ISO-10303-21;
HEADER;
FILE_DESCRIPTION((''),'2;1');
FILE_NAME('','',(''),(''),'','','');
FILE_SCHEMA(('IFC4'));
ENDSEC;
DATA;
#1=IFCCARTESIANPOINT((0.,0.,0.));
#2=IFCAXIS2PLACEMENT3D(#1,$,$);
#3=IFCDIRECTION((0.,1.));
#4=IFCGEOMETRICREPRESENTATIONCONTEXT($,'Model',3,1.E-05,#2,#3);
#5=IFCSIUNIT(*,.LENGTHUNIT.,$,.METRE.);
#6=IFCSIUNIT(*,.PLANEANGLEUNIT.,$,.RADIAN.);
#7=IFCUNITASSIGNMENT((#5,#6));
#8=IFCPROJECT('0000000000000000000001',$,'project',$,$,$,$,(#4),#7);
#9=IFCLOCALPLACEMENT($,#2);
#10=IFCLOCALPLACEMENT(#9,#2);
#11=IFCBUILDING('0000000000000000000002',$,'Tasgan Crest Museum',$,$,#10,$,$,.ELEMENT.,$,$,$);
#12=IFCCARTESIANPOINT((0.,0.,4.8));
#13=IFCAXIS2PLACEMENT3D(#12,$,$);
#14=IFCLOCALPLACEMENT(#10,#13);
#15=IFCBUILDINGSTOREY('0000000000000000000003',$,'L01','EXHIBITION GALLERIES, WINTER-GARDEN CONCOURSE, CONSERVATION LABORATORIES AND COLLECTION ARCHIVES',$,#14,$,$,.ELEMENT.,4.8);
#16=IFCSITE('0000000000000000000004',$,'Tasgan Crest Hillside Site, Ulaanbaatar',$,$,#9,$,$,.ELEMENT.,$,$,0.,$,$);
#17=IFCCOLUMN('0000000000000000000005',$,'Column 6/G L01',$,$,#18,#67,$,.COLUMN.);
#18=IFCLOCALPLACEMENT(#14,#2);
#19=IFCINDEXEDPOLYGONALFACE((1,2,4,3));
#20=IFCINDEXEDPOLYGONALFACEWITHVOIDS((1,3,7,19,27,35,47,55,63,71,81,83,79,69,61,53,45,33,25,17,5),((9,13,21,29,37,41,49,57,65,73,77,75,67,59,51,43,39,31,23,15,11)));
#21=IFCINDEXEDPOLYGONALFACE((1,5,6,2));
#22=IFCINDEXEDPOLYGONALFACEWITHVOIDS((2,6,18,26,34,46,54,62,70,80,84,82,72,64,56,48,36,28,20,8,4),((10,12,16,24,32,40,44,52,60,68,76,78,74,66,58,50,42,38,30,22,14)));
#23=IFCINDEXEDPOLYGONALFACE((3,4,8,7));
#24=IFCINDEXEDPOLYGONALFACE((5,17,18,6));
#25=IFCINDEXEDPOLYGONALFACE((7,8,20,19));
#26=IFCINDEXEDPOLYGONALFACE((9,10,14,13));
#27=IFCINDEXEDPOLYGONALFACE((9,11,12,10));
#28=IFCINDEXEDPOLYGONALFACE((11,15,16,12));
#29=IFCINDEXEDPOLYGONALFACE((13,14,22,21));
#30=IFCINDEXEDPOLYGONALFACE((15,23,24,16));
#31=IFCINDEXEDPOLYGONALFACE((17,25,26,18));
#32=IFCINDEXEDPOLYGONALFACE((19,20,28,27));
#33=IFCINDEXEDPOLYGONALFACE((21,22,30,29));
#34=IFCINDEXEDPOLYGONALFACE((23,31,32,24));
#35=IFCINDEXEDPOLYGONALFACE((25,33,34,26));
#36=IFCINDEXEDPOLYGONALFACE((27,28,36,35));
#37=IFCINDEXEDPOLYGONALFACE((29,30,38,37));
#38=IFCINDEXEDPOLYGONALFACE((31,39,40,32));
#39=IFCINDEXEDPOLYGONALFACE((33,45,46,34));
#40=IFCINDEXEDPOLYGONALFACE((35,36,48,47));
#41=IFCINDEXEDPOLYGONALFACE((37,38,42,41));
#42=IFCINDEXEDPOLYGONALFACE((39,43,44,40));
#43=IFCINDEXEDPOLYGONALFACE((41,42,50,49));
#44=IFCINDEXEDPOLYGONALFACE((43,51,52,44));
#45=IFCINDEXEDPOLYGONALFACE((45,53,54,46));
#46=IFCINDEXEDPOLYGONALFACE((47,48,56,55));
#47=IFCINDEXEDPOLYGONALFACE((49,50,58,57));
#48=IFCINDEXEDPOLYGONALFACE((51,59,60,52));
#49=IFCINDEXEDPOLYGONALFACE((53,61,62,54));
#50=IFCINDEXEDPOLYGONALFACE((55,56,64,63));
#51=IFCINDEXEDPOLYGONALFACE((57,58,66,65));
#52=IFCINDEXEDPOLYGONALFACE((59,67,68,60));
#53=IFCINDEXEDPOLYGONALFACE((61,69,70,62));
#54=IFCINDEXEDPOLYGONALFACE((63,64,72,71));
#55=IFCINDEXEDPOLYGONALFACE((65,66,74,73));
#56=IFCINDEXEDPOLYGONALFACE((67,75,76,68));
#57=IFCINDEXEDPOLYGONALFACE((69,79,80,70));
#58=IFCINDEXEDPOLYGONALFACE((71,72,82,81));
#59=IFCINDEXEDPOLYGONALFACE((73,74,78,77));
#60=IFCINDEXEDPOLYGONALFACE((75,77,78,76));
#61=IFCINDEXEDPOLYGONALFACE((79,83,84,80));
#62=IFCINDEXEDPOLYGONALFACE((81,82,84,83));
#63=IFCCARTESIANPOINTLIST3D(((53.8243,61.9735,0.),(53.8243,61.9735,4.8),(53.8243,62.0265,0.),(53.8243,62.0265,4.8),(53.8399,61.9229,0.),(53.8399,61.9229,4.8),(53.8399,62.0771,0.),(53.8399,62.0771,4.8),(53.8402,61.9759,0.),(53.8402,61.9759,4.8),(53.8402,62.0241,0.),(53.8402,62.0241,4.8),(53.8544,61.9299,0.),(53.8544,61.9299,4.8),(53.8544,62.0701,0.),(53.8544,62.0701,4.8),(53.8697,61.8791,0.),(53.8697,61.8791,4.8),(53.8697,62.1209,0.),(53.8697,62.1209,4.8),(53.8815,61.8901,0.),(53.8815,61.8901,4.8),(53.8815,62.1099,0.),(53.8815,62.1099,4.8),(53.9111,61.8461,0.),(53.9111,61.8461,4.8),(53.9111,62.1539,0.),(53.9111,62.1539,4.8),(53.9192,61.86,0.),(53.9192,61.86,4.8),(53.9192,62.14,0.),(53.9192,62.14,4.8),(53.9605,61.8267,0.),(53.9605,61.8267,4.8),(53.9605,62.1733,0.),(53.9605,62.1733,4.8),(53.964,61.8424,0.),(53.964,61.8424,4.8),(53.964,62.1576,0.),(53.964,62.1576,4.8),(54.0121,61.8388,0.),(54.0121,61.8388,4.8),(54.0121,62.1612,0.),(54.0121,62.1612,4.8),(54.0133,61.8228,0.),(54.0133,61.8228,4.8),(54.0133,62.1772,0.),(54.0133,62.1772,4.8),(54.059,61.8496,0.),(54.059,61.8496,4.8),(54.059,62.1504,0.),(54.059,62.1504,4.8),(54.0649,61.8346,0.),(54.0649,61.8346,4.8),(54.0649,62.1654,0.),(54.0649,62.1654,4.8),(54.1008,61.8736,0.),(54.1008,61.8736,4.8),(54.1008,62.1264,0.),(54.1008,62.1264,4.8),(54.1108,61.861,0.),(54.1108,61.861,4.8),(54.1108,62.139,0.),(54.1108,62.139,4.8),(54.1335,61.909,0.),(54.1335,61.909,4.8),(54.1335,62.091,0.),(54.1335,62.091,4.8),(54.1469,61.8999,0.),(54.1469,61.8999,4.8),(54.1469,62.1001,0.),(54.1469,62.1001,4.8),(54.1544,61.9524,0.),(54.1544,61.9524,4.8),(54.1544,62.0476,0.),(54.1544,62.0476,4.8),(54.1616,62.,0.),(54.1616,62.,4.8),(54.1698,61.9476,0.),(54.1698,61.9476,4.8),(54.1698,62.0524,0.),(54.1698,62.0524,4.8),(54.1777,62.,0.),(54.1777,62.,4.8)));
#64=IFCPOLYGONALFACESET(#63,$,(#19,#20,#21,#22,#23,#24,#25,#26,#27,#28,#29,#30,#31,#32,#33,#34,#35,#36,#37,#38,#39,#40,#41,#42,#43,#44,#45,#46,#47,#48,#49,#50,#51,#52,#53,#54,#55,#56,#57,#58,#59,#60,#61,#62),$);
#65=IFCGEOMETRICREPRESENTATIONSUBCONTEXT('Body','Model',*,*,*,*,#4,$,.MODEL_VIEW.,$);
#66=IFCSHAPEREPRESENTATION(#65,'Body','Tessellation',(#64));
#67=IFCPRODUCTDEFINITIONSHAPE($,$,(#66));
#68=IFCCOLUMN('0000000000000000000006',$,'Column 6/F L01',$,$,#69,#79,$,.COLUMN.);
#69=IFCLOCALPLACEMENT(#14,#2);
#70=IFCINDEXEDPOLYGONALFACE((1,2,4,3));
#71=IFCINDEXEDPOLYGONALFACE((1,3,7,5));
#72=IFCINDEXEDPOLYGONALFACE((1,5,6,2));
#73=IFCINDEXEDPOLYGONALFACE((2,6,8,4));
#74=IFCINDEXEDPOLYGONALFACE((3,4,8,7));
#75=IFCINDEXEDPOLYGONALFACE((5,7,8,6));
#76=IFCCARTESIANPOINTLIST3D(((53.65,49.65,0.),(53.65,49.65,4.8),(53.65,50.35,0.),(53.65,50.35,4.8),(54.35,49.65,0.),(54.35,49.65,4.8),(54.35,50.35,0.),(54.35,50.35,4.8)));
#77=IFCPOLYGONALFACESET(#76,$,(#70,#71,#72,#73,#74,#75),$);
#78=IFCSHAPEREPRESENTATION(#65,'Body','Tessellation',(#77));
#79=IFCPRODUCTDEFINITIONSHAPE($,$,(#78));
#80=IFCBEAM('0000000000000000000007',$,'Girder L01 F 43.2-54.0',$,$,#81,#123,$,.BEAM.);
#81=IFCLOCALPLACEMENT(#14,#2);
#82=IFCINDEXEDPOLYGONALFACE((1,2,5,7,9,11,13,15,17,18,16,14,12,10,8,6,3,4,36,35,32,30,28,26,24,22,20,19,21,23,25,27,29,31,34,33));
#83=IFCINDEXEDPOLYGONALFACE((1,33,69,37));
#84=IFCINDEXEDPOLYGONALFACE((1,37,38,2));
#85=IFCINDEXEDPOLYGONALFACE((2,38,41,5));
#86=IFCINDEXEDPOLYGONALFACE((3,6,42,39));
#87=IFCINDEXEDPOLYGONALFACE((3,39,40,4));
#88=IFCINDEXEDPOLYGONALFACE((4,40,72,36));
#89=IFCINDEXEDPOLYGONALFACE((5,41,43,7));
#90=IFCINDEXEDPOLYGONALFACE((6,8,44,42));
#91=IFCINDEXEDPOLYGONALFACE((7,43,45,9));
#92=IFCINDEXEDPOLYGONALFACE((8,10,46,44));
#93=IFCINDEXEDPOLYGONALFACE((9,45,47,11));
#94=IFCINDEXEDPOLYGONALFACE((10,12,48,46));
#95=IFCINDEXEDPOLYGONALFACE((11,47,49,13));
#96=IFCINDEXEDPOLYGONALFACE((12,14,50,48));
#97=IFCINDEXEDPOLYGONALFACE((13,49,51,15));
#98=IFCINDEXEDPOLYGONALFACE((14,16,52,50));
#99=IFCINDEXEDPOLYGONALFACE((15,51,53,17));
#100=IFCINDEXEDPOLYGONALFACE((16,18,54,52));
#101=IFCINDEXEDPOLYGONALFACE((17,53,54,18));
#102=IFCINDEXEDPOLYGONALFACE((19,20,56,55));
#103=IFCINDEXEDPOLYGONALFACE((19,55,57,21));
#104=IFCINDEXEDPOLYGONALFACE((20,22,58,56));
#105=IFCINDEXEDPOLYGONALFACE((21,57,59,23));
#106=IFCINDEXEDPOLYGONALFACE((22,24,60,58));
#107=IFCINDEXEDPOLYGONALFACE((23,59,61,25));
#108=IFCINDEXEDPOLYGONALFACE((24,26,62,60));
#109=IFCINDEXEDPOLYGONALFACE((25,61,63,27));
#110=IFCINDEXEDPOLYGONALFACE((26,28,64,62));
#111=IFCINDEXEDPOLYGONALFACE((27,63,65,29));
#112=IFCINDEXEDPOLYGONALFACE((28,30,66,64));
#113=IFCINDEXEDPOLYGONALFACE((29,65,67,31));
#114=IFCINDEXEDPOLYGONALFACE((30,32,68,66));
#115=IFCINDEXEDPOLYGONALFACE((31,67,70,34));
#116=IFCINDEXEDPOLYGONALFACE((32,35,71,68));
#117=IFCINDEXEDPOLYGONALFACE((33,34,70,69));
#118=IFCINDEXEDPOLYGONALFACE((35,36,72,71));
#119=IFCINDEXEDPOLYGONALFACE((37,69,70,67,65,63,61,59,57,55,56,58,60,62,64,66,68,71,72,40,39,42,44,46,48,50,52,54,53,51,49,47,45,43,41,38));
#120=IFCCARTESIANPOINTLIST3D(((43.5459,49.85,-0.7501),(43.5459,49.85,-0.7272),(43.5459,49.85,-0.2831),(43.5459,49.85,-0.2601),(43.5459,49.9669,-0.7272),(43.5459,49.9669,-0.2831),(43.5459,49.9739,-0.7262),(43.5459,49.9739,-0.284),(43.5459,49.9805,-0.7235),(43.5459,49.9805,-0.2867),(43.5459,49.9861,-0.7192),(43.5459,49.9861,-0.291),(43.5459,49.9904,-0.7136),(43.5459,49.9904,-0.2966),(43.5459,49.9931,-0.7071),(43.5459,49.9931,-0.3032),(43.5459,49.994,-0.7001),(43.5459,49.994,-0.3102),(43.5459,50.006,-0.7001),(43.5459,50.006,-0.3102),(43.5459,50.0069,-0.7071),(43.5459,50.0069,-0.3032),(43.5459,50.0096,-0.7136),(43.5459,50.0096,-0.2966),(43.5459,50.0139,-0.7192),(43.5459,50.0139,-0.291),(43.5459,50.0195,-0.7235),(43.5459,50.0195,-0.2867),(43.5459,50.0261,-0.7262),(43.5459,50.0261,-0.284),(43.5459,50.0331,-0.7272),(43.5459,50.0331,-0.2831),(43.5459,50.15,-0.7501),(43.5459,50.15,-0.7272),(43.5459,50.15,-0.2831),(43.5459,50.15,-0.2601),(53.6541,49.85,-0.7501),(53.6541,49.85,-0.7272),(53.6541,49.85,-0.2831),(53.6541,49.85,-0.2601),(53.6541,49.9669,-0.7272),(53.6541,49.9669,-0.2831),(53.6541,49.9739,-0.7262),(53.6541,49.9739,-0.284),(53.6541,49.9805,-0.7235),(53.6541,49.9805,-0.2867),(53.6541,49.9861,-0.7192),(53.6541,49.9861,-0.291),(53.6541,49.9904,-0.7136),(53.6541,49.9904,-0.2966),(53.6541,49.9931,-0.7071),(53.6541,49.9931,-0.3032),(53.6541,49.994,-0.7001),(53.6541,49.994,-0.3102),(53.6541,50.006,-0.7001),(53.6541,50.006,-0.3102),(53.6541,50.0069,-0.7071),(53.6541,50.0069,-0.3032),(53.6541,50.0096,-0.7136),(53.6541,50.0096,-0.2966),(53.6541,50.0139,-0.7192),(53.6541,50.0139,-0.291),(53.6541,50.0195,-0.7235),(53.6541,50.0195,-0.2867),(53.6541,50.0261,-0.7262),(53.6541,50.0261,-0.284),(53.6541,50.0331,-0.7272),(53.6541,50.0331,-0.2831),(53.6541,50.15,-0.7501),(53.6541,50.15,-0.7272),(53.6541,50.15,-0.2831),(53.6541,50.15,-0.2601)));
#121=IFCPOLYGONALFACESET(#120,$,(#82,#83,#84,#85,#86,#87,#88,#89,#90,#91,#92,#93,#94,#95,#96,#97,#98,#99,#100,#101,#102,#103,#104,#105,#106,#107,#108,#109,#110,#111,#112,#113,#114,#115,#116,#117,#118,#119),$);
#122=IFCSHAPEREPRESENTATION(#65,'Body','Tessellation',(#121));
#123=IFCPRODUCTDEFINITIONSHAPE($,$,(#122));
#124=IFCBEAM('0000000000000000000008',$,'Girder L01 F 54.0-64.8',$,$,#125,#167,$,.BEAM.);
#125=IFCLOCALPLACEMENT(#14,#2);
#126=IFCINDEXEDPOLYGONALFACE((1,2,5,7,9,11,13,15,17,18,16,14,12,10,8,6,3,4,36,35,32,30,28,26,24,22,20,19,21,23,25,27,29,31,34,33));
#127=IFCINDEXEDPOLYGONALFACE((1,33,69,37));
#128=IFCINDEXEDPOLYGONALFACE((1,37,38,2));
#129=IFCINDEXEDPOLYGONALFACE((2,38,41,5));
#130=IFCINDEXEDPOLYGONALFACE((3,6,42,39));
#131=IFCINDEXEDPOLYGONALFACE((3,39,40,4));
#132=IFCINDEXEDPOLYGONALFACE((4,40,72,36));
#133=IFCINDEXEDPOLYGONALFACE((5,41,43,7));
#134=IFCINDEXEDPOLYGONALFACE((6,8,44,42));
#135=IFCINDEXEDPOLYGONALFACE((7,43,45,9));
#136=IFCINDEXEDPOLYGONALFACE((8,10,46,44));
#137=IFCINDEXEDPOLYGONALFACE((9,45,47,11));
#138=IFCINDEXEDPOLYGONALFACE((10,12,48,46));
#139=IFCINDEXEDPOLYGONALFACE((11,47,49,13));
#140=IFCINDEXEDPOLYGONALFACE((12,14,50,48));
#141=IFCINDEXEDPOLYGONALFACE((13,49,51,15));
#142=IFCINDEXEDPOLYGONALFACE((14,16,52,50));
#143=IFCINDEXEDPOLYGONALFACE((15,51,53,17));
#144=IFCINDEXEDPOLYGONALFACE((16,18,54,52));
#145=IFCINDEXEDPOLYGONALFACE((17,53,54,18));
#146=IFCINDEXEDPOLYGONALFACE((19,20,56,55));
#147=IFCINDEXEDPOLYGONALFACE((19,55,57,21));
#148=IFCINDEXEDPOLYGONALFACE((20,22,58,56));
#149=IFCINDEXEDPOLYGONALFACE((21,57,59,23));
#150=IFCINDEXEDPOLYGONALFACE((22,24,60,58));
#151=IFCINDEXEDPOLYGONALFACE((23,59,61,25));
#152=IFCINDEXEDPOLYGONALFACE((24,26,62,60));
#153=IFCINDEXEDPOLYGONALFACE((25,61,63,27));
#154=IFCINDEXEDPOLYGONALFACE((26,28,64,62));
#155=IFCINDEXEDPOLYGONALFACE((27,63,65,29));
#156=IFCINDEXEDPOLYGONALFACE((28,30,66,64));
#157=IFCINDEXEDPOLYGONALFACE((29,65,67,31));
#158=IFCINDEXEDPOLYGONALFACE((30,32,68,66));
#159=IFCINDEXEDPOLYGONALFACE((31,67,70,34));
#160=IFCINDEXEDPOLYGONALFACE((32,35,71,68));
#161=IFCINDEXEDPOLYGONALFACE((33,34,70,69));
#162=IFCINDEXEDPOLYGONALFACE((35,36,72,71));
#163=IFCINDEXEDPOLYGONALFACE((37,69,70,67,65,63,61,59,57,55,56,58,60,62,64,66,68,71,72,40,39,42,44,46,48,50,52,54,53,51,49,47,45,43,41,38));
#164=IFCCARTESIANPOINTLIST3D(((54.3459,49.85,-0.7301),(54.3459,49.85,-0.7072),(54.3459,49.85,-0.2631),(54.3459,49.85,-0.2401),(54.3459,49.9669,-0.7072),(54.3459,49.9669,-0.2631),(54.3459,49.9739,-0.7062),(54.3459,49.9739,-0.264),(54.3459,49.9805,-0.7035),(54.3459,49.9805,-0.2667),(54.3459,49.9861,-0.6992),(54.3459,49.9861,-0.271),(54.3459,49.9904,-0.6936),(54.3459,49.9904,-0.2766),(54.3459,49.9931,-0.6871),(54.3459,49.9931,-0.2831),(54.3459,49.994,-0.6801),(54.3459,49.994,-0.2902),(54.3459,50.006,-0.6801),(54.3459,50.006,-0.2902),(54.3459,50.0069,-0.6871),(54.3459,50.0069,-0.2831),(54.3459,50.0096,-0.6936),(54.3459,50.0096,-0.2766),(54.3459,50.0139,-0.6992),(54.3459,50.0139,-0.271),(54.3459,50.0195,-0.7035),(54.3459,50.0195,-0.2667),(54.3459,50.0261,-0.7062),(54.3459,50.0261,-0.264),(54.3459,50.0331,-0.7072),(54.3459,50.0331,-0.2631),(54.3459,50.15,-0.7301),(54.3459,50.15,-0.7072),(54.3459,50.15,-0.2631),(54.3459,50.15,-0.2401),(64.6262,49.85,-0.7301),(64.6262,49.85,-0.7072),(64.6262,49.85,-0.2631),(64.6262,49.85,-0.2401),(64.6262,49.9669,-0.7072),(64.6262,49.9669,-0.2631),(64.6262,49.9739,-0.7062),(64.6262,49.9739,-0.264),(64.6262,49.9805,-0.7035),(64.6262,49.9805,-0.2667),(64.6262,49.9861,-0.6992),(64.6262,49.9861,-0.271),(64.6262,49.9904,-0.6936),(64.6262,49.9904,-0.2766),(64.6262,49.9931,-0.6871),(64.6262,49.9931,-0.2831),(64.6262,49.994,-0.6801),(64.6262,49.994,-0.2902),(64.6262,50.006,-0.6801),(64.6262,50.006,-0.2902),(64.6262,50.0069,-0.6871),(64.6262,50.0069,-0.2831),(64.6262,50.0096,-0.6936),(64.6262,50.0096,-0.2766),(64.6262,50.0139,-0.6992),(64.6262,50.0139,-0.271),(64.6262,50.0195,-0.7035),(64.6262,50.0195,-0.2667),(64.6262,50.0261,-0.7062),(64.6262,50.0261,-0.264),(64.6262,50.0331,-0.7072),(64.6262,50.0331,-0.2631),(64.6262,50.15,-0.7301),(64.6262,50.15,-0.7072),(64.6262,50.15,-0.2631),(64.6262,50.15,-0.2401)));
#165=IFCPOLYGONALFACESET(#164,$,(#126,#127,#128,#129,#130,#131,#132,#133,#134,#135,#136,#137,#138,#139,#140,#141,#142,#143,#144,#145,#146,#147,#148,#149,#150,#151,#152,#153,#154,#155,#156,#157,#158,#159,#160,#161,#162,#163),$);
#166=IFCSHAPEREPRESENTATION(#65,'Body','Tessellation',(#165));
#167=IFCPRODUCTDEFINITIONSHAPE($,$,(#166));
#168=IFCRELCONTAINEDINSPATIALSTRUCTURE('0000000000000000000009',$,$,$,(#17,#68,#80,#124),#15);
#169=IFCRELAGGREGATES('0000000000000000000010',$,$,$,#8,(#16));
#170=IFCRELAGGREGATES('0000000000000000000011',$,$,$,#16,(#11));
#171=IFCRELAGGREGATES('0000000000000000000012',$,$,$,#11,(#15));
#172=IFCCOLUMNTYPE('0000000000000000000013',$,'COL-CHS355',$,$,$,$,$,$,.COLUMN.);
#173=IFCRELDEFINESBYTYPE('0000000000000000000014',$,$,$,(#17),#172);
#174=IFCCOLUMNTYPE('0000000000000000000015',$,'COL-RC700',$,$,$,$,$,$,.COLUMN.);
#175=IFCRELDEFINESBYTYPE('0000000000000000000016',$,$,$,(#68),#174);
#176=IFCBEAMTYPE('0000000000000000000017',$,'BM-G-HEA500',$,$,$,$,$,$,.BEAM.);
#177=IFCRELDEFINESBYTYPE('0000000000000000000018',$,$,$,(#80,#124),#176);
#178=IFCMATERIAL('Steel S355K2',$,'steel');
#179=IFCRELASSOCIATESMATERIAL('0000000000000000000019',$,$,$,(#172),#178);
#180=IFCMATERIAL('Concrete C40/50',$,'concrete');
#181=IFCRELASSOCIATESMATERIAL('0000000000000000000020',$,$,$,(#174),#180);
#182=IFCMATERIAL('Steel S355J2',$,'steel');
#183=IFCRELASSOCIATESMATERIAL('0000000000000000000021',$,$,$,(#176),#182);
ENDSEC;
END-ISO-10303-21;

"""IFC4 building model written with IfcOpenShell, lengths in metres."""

from ifc_helpers import new_model, si_unit, direction, frame, origin, origin_2d, place, context, subcontext, project, spatial, rectangle, hollow_circle, i_section, extrude, material, material_profile, profile_set, type_object, element, save


model = new_model("IFC4")

# Units and contexts
model_context = context("Model", 3, precision=1e-05, world=origin(), true_north=direction((0.0, 1.0)))
body_context = subcontext(model_context, "Body", "Model", "MODEL_VIEW")
ifc_project = project(units=[si_unit("LENGTHUNIT", "METRE"), si_unit("PLANEANGLEUNIT", "RADIAN")], contexts=[model_context])

# Site, building, storey
site_placement = place(None, origin())
site = spatial("IfcSite", under=ifc_project, at=site_placement, Name="Tasgan Crest Hillside Site, Ulaanbaatar", CompositionType="ELEMENT", RefElevation=0.0)
building_placement = place(site_placement, origin())
building = spatial("IfcBuilding", under=site, at=building_placement, Name="Tasgan Crest Museum", CompositionType="ELEMENT")
storey_placement = place(building_placement, frame((0.0, 0.0, 4.8)))
storey = spatial("IfcBuildingStorey", under=building, at=storey_placement, Name="L01", Description="EXHIBITION GALLERIES, WINTER-GARDEN CONCOURSE, CONSERVATION LABORATORIES AND COLLECTION ARCHIVES", CompositionType="ELEMENT", Elevation=4.8)

# Columns
ifc_material_1 = material(Name="Steel S355K2", Category="steel")
ifc_material_profile_1 = material_profile(ifc_material_1, hollow_circle(Radius=0.1777, WallThickness=0.0161, at=origin_2d()), Name="CHS 355.6x16")
ifc_profile_set_1 = profile_set([ifc_material_profile_1], Name="Steel S355K2")
column_type_1 = type_object("IfcColumnType", Name="COL-CHS355", PredefinedType="COLUMN", material=ifc_profile_set_1)
column_1_placement = place(storey_placement, frame((54.0, 62.0, 0.0), z_axis=(0.0, 0.0, 1.0), x_axis=(1.0, 0.0, 0.0)))
element("IfcColumn", 1, at=column_1_placement, inside=storey, type_object=column_type_1, Name="Column 6/G L01", PredefinedType="COLUMN", context=body_context, shape_type="SweptSolid", body=[
    extrude(hollow_circle(Radius=0.1777, WallThickness=0.0161, at=origin_2d()), origin(), (0.0, 0.0, 1.0), 4.8),
])
ifc_material_2 = material(Name="Concrete C40/50", Category="concrete")
ifc_material_profile_2 = material_profile(ifc_material_2, rectangle(XDim=0.7, YDim=0.7, at=origin_2d()), Name="RC 700x700")
ifc_profile_set_2 = profile_set([ifc_material_profile_2], Name="Concrete C40/50")
column_type_2 = type_object("IfcColumnType", Name="COL-RC700", PredefinedType="COLUMN", material=ifc_profile_set_2)
column_2_placement = place(storey_placement, frame((54.0, 50.0, 0.0), z_axis=(0.0, 0.0, 1.0), x_axis=(1.0, 0.0, 0.0)))
element("IfcColumn", 2, at=column_2_placement, inside=storey, type_object=column_type_2, Name="Column 6/F L01", PredefinedType="COLUMN", context=body_context, shape_type="SweptSolid", body=[
    extrude(rectangle(XDim=0.7, YDim=0.7, at=origin_2d()), origin(), (0.0, 0.0, 1.0), 4.8),
])

# Beams
ifc_material_3 = material(Name="Steel S355J2", Category="steel")
ifc_material_profile_3 = material_profile(ifc_material_3, i_section(OverallWidth=0.3, OverallDepth=0.49, WebThickness=0.012, FlangeThickness=0.0229, FilletRadius=0.0271, at=origin_2d()), Name="HEA 500")
ifc_profile_set_3 = profile_set([ifc_material_profile_3], Name="Steel S355J2")
beam_type_1 = type_object("IfcBeamType", Name="BM-G-HEA500", PredefinedType="BEAM", material=ifc_profile_set_3)
beam_1_placement = place(storey_placement, frame((43.5459, 50.0, -0.5051), z_axis=(1.0, 0.0, 0.0), x_axis=(0.0, 1.0, 0.0)))
element("IfcBeam", 3, at=beam_1_placement, inside=storey, type_object=beam_type_1, Name="Girder L01 F 43.2-54.0", PredefinedType="BEAM", context=body_context, shape_type="SweptSolid", body=[
    extrude(i_section(OverallWidth=0.3, OverallDepth=0.49, WebThickness=0.012, FlangeThickness=0.0229, FilletRadius=0.0271, at=origin_2d()), origin(), (0.0, 0.0, 1.0), 10.1082),
])
beam_2_placement = place(storey_placement, frame((54.3459, 50.0, -0.4851), z_axis=(1.0, 0.0, 0.0), x_axis=(0.0, 1.0, 0.0)))
element("IfcBeam", 4, at=beam_2_placement, inside=storey, type_object=beam_type_1, Name="Girder L01 F 54.0-64.8", PredefinedType="BEAM", context=body_context, shape_type="SweptSolid", body=[
    extrude(i_section(OverallWidth=0.3, OverallDepth=0.49, WebThickness=0.012, FlangeThickness=0.0229, FilletRadius=0.0271, at=origin_2d()), origin(), (0.0, 0.0, 1.0), 10.2803),
])

save(model, "model.ifc")
